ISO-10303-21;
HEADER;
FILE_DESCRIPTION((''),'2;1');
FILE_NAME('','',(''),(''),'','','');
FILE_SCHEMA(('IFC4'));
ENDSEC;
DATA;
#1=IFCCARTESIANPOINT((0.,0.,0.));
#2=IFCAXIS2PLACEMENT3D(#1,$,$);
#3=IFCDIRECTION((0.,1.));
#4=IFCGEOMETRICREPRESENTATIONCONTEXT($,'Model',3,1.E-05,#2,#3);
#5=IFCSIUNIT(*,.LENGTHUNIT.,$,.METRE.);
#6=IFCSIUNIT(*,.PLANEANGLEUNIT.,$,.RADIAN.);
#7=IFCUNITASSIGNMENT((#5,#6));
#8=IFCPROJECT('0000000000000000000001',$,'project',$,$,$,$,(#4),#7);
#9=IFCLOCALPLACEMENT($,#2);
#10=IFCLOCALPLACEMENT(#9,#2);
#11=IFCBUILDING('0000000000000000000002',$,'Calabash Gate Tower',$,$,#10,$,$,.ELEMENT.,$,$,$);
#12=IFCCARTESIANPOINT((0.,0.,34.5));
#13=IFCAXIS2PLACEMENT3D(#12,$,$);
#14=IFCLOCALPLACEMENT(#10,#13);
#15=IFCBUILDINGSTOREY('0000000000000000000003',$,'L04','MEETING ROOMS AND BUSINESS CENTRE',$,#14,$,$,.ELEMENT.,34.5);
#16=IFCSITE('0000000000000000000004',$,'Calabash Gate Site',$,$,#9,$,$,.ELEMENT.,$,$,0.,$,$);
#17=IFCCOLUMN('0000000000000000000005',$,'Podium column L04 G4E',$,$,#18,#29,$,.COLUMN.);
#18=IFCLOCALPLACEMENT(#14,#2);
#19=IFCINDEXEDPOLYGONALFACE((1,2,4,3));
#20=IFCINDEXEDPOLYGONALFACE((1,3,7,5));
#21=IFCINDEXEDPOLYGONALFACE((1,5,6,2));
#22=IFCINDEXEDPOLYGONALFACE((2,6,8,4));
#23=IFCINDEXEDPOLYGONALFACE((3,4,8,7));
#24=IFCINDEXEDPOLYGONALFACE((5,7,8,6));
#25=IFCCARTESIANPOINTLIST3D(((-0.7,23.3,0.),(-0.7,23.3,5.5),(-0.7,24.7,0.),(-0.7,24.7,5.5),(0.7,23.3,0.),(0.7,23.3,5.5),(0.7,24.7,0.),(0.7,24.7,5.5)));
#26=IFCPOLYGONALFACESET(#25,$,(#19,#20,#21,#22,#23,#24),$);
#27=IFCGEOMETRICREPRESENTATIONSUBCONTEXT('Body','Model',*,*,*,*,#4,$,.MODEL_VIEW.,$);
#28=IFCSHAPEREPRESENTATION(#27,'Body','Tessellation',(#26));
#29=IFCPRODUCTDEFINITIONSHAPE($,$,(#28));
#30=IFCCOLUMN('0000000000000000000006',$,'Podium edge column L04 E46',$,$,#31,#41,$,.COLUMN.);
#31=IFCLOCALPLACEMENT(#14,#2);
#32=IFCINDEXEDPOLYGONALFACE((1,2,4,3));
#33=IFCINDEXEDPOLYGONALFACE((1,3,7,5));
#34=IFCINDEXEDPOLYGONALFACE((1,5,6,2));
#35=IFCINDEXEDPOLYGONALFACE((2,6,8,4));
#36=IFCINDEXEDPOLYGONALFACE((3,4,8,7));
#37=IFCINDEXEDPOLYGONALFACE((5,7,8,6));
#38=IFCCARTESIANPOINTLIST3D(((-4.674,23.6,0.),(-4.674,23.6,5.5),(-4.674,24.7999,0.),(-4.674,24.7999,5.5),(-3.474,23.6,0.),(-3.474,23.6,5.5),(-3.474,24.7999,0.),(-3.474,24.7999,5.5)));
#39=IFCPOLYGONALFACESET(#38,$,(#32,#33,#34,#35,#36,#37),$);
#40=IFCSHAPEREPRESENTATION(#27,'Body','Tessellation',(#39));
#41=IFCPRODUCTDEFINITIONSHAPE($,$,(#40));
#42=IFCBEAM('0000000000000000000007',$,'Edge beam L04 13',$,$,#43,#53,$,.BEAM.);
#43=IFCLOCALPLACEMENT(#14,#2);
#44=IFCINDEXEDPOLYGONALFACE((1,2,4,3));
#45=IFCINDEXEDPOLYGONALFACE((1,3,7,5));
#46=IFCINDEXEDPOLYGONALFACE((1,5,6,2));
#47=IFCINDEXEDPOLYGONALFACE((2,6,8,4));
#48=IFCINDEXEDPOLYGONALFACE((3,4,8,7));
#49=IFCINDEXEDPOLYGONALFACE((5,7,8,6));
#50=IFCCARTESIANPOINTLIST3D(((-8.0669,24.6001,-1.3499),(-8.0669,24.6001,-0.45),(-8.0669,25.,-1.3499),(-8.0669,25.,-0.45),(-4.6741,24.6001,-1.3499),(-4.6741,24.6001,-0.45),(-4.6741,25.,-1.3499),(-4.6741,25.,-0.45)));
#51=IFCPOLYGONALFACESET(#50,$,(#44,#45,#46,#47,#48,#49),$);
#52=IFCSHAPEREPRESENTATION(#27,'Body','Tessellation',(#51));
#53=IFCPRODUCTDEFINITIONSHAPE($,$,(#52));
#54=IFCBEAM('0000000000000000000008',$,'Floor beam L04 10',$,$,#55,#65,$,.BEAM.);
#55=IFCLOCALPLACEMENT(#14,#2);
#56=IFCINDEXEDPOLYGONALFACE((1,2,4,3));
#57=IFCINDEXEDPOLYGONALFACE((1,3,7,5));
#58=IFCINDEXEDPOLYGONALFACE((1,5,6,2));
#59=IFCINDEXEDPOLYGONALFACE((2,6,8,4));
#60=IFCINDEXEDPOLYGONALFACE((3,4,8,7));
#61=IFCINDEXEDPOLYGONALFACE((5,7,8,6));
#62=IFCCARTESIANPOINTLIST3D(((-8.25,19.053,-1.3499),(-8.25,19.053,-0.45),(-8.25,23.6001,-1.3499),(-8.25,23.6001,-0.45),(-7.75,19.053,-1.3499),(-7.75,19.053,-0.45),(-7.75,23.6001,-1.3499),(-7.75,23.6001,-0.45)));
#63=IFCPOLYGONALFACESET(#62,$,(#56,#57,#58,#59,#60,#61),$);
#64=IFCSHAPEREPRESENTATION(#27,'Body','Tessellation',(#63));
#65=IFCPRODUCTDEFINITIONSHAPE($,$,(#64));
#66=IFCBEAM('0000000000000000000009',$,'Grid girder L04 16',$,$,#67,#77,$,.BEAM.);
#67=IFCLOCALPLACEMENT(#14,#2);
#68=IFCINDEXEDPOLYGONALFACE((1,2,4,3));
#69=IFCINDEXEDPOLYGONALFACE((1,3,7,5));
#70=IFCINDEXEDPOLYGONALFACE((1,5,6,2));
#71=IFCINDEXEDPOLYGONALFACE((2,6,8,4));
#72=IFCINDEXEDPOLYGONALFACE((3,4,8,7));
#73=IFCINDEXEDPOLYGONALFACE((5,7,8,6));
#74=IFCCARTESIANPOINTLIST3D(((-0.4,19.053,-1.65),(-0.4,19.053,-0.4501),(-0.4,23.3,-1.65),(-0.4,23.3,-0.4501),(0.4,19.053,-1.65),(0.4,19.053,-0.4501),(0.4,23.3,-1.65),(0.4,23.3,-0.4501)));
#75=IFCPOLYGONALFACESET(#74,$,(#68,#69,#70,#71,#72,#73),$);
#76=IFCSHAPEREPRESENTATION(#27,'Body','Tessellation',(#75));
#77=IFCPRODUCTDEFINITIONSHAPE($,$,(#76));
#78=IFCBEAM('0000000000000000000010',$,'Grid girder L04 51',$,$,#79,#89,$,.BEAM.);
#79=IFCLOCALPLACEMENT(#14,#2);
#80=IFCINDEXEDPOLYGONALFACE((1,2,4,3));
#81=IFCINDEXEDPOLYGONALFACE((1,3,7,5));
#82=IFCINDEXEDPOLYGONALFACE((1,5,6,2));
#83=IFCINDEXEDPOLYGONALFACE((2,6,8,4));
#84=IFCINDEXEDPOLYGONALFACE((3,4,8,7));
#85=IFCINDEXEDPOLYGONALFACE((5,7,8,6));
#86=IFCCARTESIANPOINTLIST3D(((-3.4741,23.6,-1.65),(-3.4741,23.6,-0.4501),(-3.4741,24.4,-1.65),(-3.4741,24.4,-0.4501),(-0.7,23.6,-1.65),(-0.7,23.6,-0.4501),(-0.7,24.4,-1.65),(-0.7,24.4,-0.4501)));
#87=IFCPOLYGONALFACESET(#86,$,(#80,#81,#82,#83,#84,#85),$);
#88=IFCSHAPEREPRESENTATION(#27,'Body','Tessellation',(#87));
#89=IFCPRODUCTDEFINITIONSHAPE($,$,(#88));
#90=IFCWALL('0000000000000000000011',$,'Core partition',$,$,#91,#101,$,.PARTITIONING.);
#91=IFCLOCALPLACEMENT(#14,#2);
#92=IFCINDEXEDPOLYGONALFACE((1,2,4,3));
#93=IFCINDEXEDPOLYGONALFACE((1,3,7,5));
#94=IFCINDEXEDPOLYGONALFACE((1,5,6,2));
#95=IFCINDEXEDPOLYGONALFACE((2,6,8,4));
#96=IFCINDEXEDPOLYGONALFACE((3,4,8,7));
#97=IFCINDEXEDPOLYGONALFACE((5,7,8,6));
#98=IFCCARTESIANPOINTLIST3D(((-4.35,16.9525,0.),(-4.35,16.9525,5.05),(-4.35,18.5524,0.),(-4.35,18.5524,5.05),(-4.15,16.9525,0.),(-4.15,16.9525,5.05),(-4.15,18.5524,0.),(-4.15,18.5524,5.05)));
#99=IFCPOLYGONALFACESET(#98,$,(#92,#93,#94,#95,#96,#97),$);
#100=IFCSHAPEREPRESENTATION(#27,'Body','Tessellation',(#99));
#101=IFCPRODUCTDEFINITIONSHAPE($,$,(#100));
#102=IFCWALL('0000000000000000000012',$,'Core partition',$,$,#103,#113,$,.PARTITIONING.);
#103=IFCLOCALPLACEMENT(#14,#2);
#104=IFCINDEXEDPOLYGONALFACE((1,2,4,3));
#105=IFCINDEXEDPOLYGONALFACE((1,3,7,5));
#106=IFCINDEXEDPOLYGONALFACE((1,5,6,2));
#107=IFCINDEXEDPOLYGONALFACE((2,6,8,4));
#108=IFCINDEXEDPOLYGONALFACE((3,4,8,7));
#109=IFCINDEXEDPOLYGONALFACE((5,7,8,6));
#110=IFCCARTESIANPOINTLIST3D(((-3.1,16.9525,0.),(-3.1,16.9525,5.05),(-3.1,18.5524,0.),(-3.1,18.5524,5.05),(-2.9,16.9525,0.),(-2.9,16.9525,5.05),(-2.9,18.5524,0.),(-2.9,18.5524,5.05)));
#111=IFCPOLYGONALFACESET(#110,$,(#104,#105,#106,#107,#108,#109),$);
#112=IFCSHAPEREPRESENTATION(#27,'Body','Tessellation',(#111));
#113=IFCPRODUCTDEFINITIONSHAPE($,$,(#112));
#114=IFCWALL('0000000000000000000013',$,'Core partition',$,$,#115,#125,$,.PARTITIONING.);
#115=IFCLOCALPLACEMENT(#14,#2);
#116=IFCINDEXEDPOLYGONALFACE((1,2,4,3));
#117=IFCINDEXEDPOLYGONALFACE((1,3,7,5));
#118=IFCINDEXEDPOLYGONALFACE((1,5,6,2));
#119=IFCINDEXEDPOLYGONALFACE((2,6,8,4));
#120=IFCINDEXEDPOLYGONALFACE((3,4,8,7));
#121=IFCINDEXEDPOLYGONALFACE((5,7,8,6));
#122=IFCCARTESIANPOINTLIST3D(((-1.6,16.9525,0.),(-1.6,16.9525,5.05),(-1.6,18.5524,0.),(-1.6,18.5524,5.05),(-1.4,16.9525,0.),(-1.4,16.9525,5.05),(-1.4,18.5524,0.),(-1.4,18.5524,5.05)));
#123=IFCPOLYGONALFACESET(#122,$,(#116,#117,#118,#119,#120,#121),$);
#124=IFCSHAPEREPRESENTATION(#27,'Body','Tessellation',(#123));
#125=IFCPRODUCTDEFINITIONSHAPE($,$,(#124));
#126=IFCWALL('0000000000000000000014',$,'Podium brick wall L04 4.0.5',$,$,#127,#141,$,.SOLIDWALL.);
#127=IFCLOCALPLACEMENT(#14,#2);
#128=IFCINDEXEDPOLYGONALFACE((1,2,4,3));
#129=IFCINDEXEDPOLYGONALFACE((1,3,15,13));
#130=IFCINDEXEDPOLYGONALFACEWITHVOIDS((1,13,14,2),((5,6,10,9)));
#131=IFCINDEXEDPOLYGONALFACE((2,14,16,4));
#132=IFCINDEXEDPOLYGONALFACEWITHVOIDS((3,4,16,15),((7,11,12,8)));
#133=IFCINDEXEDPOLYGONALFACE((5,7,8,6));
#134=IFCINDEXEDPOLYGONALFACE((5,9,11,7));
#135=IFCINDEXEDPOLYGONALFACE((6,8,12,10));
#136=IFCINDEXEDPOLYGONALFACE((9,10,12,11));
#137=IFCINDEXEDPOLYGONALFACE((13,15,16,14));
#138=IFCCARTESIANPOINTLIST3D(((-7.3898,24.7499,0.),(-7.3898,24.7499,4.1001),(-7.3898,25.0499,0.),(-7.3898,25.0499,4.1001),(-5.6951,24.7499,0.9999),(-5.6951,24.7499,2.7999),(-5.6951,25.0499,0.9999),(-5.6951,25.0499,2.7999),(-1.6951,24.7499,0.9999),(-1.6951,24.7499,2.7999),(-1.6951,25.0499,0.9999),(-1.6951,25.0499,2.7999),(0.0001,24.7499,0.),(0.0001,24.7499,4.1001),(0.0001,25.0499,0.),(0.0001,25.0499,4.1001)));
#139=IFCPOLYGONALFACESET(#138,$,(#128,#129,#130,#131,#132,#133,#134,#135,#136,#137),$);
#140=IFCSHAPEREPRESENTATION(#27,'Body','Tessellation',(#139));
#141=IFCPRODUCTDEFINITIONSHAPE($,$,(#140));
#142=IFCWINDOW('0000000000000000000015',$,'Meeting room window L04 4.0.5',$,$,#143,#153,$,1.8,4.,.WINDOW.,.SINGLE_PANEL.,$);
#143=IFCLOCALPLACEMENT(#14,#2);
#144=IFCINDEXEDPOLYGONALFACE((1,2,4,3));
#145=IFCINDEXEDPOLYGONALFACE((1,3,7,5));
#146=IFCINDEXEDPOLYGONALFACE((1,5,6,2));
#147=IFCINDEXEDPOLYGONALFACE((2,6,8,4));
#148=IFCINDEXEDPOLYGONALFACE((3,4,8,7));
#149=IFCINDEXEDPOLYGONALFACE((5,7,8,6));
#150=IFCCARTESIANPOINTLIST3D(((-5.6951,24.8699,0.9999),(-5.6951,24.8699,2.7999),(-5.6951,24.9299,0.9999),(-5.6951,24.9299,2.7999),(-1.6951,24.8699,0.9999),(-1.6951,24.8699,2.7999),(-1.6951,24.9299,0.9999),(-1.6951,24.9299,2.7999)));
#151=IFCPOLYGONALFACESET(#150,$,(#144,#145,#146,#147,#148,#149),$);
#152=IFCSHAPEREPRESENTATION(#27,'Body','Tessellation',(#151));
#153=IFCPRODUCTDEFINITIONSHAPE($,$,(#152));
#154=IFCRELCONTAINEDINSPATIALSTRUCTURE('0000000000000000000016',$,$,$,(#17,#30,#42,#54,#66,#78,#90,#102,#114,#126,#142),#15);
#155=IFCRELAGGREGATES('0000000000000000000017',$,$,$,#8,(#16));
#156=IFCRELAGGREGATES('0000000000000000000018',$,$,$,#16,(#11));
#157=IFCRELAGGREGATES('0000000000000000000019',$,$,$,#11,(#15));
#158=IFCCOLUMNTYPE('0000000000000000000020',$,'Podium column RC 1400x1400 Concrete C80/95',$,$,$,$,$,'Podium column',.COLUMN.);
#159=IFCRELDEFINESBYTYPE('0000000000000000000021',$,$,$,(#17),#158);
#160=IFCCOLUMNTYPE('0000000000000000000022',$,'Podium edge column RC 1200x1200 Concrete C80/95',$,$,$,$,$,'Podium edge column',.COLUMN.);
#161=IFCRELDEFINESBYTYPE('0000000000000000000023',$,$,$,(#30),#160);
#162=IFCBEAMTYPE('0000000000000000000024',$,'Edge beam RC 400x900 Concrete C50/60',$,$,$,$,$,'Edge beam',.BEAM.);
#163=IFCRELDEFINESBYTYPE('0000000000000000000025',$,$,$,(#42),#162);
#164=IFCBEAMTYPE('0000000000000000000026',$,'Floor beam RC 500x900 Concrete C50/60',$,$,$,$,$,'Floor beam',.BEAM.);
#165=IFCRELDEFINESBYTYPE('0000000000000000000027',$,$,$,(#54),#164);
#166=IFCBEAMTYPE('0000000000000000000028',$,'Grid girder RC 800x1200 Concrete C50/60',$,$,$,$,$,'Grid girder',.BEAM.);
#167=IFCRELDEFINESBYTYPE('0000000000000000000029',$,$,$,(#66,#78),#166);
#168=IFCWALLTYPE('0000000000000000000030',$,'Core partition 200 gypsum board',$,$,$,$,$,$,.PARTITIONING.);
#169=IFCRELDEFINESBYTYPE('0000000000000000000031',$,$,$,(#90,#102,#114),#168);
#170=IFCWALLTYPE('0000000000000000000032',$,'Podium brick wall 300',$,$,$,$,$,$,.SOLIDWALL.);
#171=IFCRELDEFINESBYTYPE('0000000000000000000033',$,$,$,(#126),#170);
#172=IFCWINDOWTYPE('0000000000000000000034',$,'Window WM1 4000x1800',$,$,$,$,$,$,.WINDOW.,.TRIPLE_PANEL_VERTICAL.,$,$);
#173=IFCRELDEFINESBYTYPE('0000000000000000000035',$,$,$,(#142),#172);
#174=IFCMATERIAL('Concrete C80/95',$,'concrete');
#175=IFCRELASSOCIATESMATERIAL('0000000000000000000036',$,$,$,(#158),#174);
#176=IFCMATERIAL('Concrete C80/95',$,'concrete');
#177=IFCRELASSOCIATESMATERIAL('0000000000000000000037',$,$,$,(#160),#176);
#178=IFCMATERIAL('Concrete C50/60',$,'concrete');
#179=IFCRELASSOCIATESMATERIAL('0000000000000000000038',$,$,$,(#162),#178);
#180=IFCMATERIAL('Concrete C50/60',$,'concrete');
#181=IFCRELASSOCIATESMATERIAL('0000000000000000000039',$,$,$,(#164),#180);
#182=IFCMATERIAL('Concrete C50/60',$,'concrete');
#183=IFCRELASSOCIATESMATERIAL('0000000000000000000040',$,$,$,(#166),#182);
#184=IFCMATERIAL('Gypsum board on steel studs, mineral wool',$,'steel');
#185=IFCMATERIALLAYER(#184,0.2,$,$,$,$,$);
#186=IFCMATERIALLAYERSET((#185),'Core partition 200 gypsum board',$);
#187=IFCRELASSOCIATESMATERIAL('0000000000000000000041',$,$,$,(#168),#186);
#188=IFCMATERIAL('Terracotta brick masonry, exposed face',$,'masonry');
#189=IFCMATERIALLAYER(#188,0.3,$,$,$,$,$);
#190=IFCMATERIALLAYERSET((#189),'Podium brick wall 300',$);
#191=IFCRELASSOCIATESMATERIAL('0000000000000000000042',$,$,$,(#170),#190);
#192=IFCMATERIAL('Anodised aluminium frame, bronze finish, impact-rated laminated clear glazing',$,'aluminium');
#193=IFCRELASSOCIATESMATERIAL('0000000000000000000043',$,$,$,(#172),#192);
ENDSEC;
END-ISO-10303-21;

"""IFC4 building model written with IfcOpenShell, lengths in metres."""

from ifc_helpers import new_model, si_unit, direction, frame, frame_2d, origin, origin_2d, place, context, subcontext, project, spatial, rectangle, extrude, material, layer, layer_set, material_profile, profile_set, type_object, element, fill, save


model = new_model("IFC4")

# Units and contexts
model_context = context("Model", 3, precision=1e-05, world=origin(), true_north=direction((0.0, 1.0)))
body_context = subcontext(model_context, "Body", "Model", "MODEL_VIEW")
ifc_project = project(units=[si_unit("LENGTHUNIT", "METRE"), si_unit("PLANEANGLEUNIT", "RADIAN")], contexts=[model_context])

# Site, building, storey
site_placement = place(None, origin())
site = spatial("IfcSite", under=ifc_project, at=site_placement, Name="Calabash Gate Site", CompositionType="ELEMENT", RefElevation=0.0)
building_placement = place(site_placement, origin())
building = spatial("IfcBuilding", under=site, at=building_placement, Name="Calabash Gate Tower", CompositionType="ELEMENT")
storey_placement = place(building_placement, frame((0.0, 0.0, 34.5)))
storey = spatial("IfcBuildingStorey", under=building, at=storey_placement, Name="L04", Description="MEETING ROOMS AND BUSINESS CENTRE", CompositionType="ELEMENT", Elevation=34.5)

# Columns
ifc_material_1 = material(Name="Concrete C80/95", Category="concrete")
ifc_material_profile_1 = material_profile(ifc_material_1, rectangle(XDim=1.3999, YDim=1.3999, at=origin_2d()))
ifc_profile_set_1 = profile_set([ifc_material_profile_1], Name="Concrete C80/95")
column_type_1 = type_object("IfcColumnType", Name="Podium column RC 1400x1400 Concrete C80/95", ElementType="Podium column", PredefinedType="COLUMN", material=ifc_profile_set_1)
column_1_placement = place(storey_placement, frame((0.0, 24.0, 0.0), z_axis=(0.0, 0.0, 1.0), x_axis=(1.0, 0.0, 0.0)))
element("IfcColumn", 1, at=column_1_placement, inside=storey, type_object=column_type_1, Name="Podium column L04 G4E", PredefinedType="COLUMN", context=body_context, shape_type="SweptSolid", body=[
    extrude(rectangle(XDim=1.3999, YDim=1.3999, at=origin_2d()), origin(), (0.0, 0.0, 1.0), 5.5),
])
ifc_material_2 = material(Name="Concrete C80/95", Category="concrete")
ifc_material_profile_2 = material_profile(ifc_material_2, rectangle(XDim=1.2, YDim=1.2, at=origin_2d()))
ifc_profile_set_2 = profile_set([ifc_material_profile_2], Name="Concrete C80/95")
column_type_2 = type_object("IfcColumnType", Name="Podium edge column RC 1200x1200 Concrete C80/95", ElementType="Podium edge column", PredefinedType="COLUMN", material=ifc_profile_set_2)
column_2_placement = place(storey_placement, frame((-4.074, 24.2, 0.0), z_axis=(0.0, 0.0, 1.0), x_axis=(1.0, 0.0, 0.0)))
element("IfcColumn", 2, at=column_2_placement, inside=storey, type_object=column_type_2, Name="Podium edge column L04 E46", PredefinedType="COLUMN", context=body_context, shape_type="SweptSolid", body=[
    extrude(rectangle(XDim=1.2, YDim=1.2, at=origin_2d()), origin(), (0.0, 0.0, 1.0), 5.5),
])

# Beams
ifc_material_3 = material(Name="Concrete C50/60", Category="concrete")
ifc_material_profile_3 = material_profile(ifc_material_3, rectangle(XDim=0.3999, YDim=0.8999, at=origin_2d()))
ifc_profile_set_3 = profile_set([ifc_material_profile_3], Name="Concrete C50/60")
beam_type_1 = type_object("IfcBeamType", Name="Edge beam RC 400x900 Concrete C50/60", ElementType="Edge beam", PredefinedType="BEAM", material=ifc_profile_set_3)
beam_1_placement = place(storey_placement, frame((-8.0669, 24.8, -0.8999), z_axis=(1.0, 0.0, 0.0), x_axis=(0.0, 1.0, 0.0)))
element("IfcBeam", 3, at=beam_1_placement, inside=storey, type_object=beam_type_1, Name="Edge beam L04 13", PredefinedType="BEAM", context=body_context, shape_type="SweptSolid", body=[
    extrude(rectangle(XDim=0.3999, YDim=0.8999, at=origin_2d()), origin(), (0.0, 0.0, 1.0), 3.3928),
])
ifc_material_4 = material(Name="Concrete C50/60", Category="concrete")
ifc_material_profile_4 = material_profile(ifc_material_4, rectangle(XDim=0.5, YDim=0.8999, at=origin_2d()))
ifc_profile_set_4 = profile_set([ifc_material_profile_4], Name="Concrete C50/60")
beam_type_2 = type_object("IfcBeamType", Name="Floor beam RC 500x900 Concrete C50/60", ElementType="Floor beam", PredefinedType="BEAM", material=ifc_profile_set_4)
beam_2_placement = place(storey_placement, frame((-8.0, 19.053, -0.8999), z_axis=(0.0, 1.0, 0.0), x_axis=(-1.0, 0.0, 0.0)))
element("IfcBeam", 4, at=beam_2_placement, inside=storey, type_object=beam_type_2, Name="Floor beam L04 10", PredefinedType="BEAM", context=body_context, shape_type="SweptSolid", body=[
    extrude(rectangle(XDim=0.5, YDim=0.8999, at=origin_2d()), origin(), (0.0, 0.0, 1.0), 4.5471),
])
ifc_material_5 = material(Name="Concrete C50/60", Category="concrete")
ifc_material_profile_5 = material_profile(ifc_material_5, rectangle(XDim=0.8, YDim=1.2, at=origin_2d()))
ifc_profile_set_5 = profile_set([ifc_material_profile_5], Name="Concrete C50/60")
beam_type_3 = type_object("IfcBeamType", Name="Grid girder RC 800x1200 Concrete C50/60", ElementType="Grid girder", PredefinedType="BEAM", material=ifc_profile_set_5)
beam_3_placement = place(storey_placement, frame((0.0, 19.053, -1.05), z_axis=(0.0, 1.0, 0.0), x_axis=(-1.0, 0.0, 0.0)))
element("IfcBeam", 5, at=beam_3_placement, inside=storey, type_object=beam_type_3, Name="Grid girder L04 16", PredefinedType="BEAM", context=body_context, shape_type="SweptSolid", body=[
    extrude(rectangle(XDim=0.8, YDim=1.2, at=origin_2d()), origin(), (0.0, 0.0, 1.0), 4.2471),
])
beam_4_placement = place(storey_placement, frame((-3.4741, 24.0, -1.05), z_axis=(1.0, 0.0, 0.0), x_axis=(0.0, 1.0, 0.0)))
element("IfcBeam", 6, at=beam_4_placement, inside=storey, type_object=beam_type_3, Name="Grid girder L04 51", PredefinedType="BEAM", context=body_context, shape_type="SweptSolid", body=[
    extrude(rectangle(XDim=0.8, YDim=1.2, at=origin_2d()), origin(), (0.0, 0.0, 1.0), 2.7742),
])

# Walls
ifc_material_6 = material(Name="Gypsum board on steel studs, mineral wool", Category="steel")
ifc_layer_1 = layer(ifc_material_6, 0.2)
ifc_layer_set_1 = layer_set([ifc_layer_1], Name="Core partition 200 gypsum board")
wall_type_1 = type_object("IfcWallType", Name="Core partition 200 gypsum board", PredefinedType="PARTITIONING", material=ifc_layer_set_1)
for number, where, z_axis, x_axis, name in (
    (7, (-4.25, 16.9526, 0.0), (0.0, 0.0, 1.0), (0.0, 1.0, 0.0), "Core partition"),
    (8, (-3.0, 16.9526, 0.0), (0.0, 0.0, 1.0), (0.0, 1.0, 0.0), "Core partition"),
    (9, (-1.5, 16.9526, 0.0), (0.0, 0.0, 1.0), (0.0, 1.0, 0.0), "Core partition"),
):
    element("IfcWall", number, at=place(storey_placement, frame(where, z_axis=z_axis, x_axis=x_axis)), inside=storey, type_object=wall_type_1, Name=name, PredefinedType="PARTITIONING", context=body_context, shape_type="SweptSolid", body=[
        extrude(rectangle(XDim=1.5999, YDim=0.2, at=frame_2d((0.7998, 0.0))), origin(), (0.0, 0.0, 1.0), 5.05),
    ])

# Wall, opening, window
ifc_material_7 = material(Name="Terracotta brick masonry, exposed face", Category="masonry")
ifc_layer_2 = layer(ifc_material_7, 0.3)
ifc_layer_set_2 = layer_set([ifc_layer_2], Name="Podium brick wall 300")
wall_type_2 = type_object("IfcWallType", Name="Podium brick wall 300", PredefinedType="SOLIDWALL", material=ifc_layer_set_2)
wall_1_placement = place(storey_placement, frame((0.0, 24.8999, 0.0), z_axis=(0.0, 0.0, 1.0), x_axis=(-1.0, 0.0, 0.0)))
wall_1 = element("IfcWall", 10, at=wall_1_placement, inside=storey, type_object=wall_type_2, Name="Podium brick wall L04 4.0.5", PredefinedType="SOLIDWALL", context=body_context, shape_type="SweptSolid", body=[
    extrude(rectangle(XDim=7.3899, YDim=0.3, at=frame_2d((3.6948, 0.0))), origin(), (0.0, 0.0, 1.0), 4.1001),
])
opening_1_placement = place(wall_1_placement, frame((1.6951, 0.0, 1.0)))
opening_1 = element("IfcOpeningElement", 11, at=opening_1_placement, cuts=wall_1, PredefinedType="OPENING", context=body_context, shape_type="SweptSolid", body=[
    extrude(rectangle(XDim=4.0, YDim=1.8, at=frame_2d((2.0, 0.8999))), frame((0.0, 0.1599, 0.0), z_axis=(0.0, -1.0, 0.0), x_axis=(1.0, 0.0, 0.0)), (0.0, 0.0, 1.0), 0.3201),
])
ifc_material_8 = material(Name="Anodised aluminium frame, bronze finish, impact-rated laminated clear glazing", Category="aluminium")
window_type = type_object("IfcWindowType", Name="Window WM1 4000x1800", PartitioningType="TRIPLE_PANEL_VERTICAL", PredefinedType="WINDOW", material=ifc_material_8)
window_1_placement = place(opening_1_placement, origin())
window_1 = element("IfcWindow", 12, at=window_1_placement, inside=storey, type_object=window_type, Name="Meeting room window L04 4.0.5", OverallHeight=1.8, OverallWidth=4.0, PartitioningType="SINGLE_PANEL", PredefinedType="WINDOW", context=body_context, shape_type="SweptSolid", body=[
    extrude(rectangle(XDim=4.0, YDim=1.8, at=frame_2d((2.0, 0.8999))), frame((0.0, 0.03, 0.0), z_axis=(0.0, -1.0, 0.0), x_axis=(1.0, 0.0, 0.0)), (0.0, 0.0, 1.0), 0.0601),
])
fill(opening_1, window_1)

save(model, "model.ifc")
